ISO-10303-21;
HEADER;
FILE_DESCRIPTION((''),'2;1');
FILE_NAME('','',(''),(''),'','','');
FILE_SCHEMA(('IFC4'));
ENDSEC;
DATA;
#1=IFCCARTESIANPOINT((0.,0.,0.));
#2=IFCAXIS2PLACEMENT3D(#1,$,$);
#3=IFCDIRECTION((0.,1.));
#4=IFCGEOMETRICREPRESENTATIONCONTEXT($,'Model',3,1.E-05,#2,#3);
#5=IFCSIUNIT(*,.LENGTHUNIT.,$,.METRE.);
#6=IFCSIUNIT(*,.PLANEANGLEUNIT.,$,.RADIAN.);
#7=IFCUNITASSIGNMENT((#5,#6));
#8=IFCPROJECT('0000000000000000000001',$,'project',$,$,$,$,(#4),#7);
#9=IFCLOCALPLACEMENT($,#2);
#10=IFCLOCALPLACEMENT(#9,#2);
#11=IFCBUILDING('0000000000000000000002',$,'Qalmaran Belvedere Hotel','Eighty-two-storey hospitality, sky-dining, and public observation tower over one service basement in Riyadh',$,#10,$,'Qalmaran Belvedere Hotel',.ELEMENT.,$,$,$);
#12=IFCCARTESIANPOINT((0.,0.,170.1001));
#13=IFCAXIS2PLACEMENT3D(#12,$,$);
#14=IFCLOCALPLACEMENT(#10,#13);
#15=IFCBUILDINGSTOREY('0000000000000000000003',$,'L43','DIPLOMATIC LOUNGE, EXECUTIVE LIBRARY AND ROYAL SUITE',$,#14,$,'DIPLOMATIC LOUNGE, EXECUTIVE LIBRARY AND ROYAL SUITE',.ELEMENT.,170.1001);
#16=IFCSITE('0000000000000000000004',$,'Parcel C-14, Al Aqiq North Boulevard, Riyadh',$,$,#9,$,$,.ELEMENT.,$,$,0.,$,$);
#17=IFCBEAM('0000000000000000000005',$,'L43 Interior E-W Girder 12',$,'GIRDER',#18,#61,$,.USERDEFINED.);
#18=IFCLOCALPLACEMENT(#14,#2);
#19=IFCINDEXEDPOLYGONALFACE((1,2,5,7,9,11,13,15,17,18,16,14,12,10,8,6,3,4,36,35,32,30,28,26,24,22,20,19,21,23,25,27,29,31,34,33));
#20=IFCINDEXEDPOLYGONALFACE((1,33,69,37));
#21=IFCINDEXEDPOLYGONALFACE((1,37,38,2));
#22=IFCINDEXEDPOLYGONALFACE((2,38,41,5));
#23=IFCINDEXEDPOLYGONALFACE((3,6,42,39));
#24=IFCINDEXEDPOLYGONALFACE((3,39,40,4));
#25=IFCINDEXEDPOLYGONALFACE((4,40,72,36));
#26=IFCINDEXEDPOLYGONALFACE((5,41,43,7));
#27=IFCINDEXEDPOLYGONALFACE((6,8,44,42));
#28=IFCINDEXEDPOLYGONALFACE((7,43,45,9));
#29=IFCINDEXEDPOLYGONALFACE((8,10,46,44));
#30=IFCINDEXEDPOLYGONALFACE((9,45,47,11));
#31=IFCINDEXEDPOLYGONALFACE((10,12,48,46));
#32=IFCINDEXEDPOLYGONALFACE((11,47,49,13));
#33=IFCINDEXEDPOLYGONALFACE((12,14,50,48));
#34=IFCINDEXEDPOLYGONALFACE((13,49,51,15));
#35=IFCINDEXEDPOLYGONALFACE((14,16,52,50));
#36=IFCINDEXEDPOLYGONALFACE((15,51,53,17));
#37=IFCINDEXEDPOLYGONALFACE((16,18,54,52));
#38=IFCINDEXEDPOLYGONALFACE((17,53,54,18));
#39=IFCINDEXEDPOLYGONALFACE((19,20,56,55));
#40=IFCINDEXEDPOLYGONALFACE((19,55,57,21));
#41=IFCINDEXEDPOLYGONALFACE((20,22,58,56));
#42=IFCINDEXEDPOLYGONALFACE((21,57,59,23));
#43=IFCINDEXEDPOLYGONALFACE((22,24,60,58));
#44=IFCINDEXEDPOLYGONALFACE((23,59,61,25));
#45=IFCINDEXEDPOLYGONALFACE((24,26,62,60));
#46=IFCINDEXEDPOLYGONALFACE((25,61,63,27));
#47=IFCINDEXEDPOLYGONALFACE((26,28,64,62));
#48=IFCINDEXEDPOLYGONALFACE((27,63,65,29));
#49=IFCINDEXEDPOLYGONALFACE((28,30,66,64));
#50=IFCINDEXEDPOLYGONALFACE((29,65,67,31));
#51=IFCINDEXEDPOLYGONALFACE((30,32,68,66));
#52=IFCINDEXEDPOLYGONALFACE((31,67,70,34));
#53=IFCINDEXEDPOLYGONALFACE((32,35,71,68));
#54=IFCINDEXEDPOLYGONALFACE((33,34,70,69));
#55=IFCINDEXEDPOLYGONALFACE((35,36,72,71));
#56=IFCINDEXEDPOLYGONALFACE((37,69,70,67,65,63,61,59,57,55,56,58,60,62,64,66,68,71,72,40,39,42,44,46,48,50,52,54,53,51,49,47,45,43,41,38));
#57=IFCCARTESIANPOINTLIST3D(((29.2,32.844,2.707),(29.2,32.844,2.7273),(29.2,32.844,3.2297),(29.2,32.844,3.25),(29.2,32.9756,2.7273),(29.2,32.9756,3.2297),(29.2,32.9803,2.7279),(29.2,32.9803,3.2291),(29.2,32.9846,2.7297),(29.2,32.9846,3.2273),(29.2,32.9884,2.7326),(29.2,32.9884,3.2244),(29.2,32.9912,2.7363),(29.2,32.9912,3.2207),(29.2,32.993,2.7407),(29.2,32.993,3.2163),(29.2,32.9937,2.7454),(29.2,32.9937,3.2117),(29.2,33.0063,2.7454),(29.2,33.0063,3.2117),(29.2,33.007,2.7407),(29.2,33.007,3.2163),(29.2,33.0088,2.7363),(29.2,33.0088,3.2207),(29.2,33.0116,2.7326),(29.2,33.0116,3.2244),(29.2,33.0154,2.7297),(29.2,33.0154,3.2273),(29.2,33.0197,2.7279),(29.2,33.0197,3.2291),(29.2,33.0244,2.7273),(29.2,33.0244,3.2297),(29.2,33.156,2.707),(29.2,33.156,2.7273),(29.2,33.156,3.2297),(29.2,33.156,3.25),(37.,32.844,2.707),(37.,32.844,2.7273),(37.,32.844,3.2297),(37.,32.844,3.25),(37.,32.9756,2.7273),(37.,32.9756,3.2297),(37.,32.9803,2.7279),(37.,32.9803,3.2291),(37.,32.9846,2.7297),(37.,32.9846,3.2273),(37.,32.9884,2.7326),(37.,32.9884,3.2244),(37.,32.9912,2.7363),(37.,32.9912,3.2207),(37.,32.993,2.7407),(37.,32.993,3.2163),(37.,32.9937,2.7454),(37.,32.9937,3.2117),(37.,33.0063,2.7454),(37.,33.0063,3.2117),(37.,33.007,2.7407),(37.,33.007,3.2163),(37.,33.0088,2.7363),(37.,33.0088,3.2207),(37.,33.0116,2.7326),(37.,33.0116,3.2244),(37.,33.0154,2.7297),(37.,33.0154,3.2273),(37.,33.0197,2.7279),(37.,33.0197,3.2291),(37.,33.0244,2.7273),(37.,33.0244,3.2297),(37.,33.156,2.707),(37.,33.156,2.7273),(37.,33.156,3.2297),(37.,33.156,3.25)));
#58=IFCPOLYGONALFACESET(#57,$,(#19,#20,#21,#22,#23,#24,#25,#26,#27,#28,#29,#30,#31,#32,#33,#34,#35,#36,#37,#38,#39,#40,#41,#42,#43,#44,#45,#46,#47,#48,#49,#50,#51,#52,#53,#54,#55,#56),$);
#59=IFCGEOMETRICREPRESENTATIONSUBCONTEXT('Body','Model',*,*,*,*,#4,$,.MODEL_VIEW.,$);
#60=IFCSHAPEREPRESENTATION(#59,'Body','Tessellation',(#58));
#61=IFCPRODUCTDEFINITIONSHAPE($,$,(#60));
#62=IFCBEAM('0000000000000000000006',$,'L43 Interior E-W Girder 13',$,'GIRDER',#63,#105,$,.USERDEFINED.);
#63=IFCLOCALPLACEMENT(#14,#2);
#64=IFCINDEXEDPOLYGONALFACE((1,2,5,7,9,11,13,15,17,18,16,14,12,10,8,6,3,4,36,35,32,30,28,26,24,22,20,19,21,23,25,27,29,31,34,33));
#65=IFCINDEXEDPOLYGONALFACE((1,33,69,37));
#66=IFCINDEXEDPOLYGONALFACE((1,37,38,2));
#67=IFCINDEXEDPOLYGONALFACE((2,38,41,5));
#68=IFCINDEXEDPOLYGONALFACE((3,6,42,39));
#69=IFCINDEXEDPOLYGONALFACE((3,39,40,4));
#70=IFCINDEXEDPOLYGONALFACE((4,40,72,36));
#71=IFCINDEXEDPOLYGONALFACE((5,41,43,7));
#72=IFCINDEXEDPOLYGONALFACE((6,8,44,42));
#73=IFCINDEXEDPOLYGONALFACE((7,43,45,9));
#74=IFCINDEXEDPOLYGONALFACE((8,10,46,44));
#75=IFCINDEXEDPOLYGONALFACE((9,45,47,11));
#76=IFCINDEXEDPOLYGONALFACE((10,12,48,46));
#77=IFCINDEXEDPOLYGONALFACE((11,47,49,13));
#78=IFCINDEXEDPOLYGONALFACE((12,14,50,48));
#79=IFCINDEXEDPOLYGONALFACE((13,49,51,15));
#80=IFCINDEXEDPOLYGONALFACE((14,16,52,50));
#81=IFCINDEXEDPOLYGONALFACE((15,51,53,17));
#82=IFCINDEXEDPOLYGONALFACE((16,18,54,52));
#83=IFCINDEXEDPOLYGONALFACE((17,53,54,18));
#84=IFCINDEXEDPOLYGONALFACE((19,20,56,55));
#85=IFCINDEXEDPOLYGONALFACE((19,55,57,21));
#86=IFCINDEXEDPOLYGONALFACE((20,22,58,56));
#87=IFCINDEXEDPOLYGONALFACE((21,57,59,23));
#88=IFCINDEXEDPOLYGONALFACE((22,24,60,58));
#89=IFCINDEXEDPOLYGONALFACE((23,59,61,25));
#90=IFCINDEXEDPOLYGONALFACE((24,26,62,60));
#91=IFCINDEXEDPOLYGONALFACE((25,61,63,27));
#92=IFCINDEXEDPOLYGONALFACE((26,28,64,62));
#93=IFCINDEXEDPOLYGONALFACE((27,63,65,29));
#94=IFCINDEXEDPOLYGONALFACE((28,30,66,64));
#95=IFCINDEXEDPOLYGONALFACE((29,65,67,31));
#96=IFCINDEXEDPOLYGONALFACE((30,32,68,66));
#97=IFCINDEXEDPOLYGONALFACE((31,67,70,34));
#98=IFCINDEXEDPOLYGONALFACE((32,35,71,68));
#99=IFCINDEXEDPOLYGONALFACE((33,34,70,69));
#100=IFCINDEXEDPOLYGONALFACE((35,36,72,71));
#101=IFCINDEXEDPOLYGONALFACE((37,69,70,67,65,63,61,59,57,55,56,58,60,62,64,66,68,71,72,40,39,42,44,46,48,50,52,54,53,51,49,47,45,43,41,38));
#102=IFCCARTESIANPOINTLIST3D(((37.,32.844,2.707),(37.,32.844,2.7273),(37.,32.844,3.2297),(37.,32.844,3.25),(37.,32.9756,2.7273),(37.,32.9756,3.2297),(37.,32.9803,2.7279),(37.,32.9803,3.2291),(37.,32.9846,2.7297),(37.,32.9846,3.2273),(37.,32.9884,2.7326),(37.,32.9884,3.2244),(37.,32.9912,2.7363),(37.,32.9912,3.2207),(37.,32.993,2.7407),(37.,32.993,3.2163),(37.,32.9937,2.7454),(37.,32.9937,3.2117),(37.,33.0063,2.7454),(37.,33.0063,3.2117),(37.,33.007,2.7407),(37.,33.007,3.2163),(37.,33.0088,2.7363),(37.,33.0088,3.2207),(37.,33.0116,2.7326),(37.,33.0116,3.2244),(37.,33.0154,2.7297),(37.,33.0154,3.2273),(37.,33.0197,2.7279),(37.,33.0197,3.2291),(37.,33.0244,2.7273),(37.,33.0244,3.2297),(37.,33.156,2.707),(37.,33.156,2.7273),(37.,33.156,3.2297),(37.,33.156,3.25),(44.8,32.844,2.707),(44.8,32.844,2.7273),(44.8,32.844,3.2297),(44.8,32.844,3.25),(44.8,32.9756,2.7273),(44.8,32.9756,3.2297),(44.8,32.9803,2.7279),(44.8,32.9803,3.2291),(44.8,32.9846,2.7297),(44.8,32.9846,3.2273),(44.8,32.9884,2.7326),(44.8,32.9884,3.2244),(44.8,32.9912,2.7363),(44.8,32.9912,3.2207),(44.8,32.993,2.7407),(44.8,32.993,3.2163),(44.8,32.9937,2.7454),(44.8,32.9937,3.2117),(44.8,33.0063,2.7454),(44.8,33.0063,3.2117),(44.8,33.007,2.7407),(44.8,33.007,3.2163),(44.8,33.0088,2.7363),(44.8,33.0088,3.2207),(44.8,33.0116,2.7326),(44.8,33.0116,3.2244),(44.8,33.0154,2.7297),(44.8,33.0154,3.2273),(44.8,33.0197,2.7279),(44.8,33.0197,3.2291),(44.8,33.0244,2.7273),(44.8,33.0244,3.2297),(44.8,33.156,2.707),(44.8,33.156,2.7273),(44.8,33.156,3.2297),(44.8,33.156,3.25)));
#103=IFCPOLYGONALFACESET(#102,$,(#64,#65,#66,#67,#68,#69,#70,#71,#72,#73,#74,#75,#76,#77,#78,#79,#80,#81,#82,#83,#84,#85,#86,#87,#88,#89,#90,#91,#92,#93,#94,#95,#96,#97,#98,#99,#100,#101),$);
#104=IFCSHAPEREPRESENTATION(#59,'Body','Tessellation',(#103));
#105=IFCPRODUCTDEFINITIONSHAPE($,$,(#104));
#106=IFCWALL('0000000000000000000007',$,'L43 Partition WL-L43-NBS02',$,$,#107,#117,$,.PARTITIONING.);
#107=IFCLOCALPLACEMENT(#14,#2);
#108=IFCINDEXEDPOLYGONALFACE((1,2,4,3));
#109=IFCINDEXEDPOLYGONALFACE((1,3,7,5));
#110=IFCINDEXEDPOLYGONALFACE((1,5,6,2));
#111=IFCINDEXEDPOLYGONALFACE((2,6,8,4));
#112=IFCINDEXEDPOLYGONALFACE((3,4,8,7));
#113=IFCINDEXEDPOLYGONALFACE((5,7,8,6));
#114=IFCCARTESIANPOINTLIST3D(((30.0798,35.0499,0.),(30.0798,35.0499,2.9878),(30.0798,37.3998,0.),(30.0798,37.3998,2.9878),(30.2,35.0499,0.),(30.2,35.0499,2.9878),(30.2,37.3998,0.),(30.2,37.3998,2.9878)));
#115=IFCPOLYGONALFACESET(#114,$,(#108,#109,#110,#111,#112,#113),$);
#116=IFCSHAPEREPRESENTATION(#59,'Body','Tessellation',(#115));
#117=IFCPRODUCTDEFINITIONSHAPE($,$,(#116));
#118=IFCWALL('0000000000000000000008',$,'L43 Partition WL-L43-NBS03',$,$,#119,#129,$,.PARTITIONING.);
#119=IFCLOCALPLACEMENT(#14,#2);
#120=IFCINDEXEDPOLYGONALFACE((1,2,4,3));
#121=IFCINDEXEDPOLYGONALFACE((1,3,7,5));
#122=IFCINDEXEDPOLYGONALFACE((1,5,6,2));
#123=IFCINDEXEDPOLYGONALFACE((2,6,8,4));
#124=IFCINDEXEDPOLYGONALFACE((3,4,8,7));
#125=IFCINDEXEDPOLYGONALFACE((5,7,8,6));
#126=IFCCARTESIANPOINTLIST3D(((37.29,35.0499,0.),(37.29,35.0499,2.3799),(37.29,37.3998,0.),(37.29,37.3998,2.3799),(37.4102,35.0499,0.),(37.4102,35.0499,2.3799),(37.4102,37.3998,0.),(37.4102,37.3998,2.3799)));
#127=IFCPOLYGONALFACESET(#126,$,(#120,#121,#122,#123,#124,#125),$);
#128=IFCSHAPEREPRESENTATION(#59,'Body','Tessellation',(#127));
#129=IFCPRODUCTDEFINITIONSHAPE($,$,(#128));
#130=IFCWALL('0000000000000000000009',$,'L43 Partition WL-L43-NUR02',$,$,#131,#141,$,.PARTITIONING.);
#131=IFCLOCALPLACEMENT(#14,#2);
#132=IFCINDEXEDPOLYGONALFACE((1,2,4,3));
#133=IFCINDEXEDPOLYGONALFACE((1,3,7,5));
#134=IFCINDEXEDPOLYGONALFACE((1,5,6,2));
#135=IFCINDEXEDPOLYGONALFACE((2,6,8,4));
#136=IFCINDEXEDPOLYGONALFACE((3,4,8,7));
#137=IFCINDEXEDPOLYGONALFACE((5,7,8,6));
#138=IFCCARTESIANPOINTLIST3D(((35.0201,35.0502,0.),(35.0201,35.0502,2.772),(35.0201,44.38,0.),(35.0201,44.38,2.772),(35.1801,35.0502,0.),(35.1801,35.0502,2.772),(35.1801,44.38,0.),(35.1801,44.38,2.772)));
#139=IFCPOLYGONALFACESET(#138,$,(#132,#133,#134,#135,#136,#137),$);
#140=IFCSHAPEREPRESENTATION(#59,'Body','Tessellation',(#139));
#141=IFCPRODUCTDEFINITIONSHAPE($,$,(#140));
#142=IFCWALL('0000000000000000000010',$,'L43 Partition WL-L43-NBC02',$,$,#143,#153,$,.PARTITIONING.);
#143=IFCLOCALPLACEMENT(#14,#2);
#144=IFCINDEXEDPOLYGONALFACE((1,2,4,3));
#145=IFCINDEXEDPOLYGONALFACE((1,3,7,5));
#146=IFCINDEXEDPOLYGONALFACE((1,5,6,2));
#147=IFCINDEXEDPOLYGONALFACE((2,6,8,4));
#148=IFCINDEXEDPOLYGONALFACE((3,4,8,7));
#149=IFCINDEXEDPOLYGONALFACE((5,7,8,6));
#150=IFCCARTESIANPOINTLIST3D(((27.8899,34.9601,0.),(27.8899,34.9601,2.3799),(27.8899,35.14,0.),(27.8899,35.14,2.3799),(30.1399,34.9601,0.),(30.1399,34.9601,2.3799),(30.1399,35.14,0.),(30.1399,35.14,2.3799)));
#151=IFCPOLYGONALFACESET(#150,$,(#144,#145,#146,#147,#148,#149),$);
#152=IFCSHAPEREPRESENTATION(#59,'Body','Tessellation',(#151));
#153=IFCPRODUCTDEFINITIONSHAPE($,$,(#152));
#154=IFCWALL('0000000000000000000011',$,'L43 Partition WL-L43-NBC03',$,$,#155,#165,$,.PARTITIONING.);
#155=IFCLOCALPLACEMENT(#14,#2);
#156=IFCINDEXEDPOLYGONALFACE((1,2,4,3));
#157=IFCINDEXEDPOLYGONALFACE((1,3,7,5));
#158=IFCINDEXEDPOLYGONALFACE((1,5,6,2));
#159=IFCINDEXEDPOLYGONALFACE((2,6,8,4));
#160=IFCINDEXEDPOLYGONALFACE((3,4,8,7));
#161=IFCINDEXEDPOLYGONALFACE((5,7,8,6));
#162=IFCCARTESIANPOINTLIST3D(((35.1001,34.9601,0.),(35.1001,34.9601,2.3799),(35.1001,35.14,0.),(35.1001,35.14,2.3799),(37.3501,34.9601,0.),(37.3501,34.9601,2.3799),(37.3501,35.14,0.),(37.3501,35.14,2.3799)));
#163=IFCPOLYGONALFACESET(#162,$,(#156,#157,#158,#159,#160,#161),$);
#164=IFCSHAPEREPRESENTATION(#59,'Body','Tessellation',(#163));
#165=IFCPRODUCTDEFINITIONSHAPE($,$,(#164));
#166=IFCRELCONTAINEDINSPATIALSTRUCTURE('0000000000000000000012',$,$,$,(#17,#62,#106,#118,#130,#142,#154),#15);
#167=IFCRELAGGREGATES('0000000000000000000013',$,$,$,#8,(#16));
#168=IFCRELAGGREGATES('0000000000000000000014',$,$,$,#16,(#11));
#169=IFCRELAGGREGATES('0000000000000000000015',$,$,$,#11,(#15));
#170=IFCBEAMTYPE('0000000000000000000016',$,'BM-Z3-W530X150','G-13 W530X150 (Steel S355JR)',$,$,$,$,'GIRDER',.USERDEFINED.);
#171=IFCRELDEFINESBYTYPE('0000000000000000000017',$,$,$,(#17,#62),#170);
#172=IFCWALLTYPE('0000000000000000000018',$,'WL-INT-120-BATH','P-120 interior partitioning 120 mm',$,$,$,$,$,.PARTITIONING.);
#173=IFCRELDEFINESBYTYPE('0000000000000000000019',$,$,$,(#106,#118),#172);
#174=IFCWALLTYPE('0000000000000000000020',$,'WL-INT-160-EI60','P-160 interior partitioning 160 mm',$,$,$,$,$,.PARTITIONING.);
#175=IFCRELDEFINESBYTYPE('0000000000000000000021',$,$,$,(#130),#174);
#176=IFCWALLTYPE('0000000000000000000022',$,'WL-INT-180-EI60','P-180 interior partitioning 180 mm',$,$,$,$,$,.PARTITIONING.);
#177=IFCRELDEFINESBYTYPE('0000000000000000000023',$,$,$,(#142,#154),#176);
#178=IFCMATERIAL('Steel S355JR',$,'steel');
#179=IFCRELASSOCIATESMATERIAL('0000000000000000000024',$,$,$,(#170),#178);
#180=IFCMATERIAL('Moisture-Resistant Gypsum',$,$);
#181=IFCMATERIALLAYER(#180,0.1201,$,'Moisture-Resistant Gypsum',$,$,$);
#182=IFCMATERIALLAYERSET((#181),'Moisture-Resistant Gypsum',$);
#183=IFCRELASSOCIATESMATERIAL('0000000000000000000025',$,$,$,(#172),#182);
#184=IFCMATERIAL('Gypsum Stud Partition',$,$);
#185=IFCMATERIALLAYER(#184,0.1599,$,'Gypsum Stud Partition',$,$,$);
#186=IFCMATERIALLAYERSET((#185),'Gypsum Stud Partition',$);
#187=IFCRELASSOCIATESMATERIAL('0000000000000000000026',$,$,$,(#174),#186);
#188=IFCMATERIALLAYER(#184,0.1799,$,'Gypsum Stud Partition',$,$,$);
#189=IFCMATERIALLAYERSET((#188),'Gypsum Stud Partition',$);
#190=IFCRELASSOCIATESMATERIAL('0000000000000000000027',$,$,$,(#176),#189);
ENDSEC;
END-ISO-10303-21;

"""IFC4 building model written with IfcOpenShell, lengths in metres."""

from ifc_helpers import new_model, si_unit, direction, frame, frame_2d, origin, origin_2d, place, context, subcontext, project, spatial, rectangle, i_section, extrude, material, layer, layer_set, material_profile, profile_set, type_object, element, save


model = new_model("IFC4")

# Units and contexts
model_context = context("Model", 3, precision=1e-05, world=origin(), true_north=direction((0.0, 1.0)))
body_context = subcontext(model_context, "Body", "Model", "MODEL_VIEW")
ifc_project = project(units=[si_unit("LENGTHUNIT", "METRE"), si_unit("PLANEANGLEUNIT", "RADIAN")], contexts=[model_context])

# Site, building, storey
site_placement = place(None, origin())
site = spatial("IfcSite", under=ifc_project, at=site_placement, Name="Parcel C-14, Al Aqiq North Boulevard, Riyadh", CompositionType="ELEMENT", RefElevation=0.0)
building_placement = place(site_placement, origin())
building = spatial("IfcBuilding", under=site, at=building_placement, Name="Qalmaran Belvedere Hotel", Description="Eighty-two-storey hospitality, sky-dining, and public observation tower over one service basement in Riyadh", LongName="Qalmaran Belvedere Hotel", CompositionType="ELEMENT")
storey_placement = place(building_placement, frame((0.0, 0.0, 170.1001)))
storey = spatial("IfcBuildingStorey", under=building, at=storey_placement, Name="L43", Description="DIPLOMATIC LOUNGE, EXECUTIVE LIBRARY AND ROYAL SUITE", LongName="DIPLOMATIC LOUNGE, EXECUTIVE LIBRARY AND ROYAL SUITE", CompositionType="ELEMENT", Elevation=170.1001)

# Beams
ifc_material_1 = material(Name="Steel S355JR", Category="steel")
ifc_material_profile_1 = material_profile(ifc_material_1, i_section(OverallWidth=0.312, OverallDepth=0.543, WebThickness=0.0127, FlangeThickness=0.0203, FilletRadius=0.0181, at=origin_2d()), Name="W530X150")
ifc_profile_set_1 = profile_set([ifc_material_profile_1], Name="Steel S355JR")
beam_type_1 = type_object("IfcBeamType", Name="BM-Z3-W530X150", Description="G-13 W530X150 (Steel S355JR)", ElementType="GIRDER", PredefinedType="USERDEFINED", material=ifc_profile_set_1)
for number, where, z_axis, x_axis, name in (
    (1, (29.2, 33.0, 2.9785), (1.0, 0.0, 0.0), (0.0, 1.0, 0.0), "L43 Interior E-W Girder 12"),
    (2, (37.0, 33.0, 2.9785), (1.0, 0.0, 0.0), (0.0, 1.0, 0.0), "L43 Interior E-W Girder 13"),
):
    element("IfcBeam", number, at=place(storey_placement, frame(where, z_axis=z_axis, x_axis=x_axis)), inside=storey, type_object=beam_type_1, Name=name, ObjectType="GIRDER", PredefinedType="USERDEFINED", context=body_context, shape_type="SweptSolid", body=[
        extrude(i_section(OverallWidth=0.312, OverallDepth=0.543, WebThickness=0.0127, FlangeThickness=0.0203, FilletRadius=0.0181, at=origin_2d()), origin(), (0.0, 0.0, 1.0), 7.8),
    ])

# Walls
ifc_material_2 = material(Name="Moisture-Resistant Gypsum")
ifc_layer_1 = layer(ifc_material_2, 0.1201, Name="Moisture-Resistant Gypsum")
ifc_layer_set_1 = layer_set([ifc_layer_1], Name="Moisture-Resistant Gypsum")
wall_type_1 = type_object("IfcWallType", Name="WL-INT-120-BATH", Description="P-120 interior partitioning 120 mm", PredefinedType="PARTITIONING", material=ifc_layer_set_1)
wall_1_placement = place(storey_placement, frame((30.1399, 35.05, 0.0), z_axis=(0.0, 0.0, 1.0), x_axis=(0.0, 1.0, 0.0)))
element("IfcWall", 3, at=wall_1_placement, inside=storey, type_object=wall_type_1, Name="L43 Partition WL-L43-NBS02", PredefinedType="PARTITIONING", context=body_context, shape_type="SweptSolid", body=[
    extrude(rectangle(XDim=2.3499, YDim=0.1201, at=frame_2d((1.1748, 0.0))), origin(), (0.0, 0.0, 1.0), 2.9878),
])
wall_2_placement = place(storey_placement, frame((37.3501, 35.05, 0.0), z_axis=(0.0, 0.0, 1.0), x_axis=(0.0, 1.0, 0.0)))
element("IfcWall", 4, at=wall_2_placement, inside=storey, type_object=wall_type_1, Name="L43 Partition WL-L43-NBS03", PredefinedType="PARTITIONING", context=body_context, shape_type="SweptSolid", body=[
    extrude(rectangle(XDim=2.3499, YDim=0.1201, at=frame_2d((1.1748, 0.0))), origin(), (0.0, 0.0, 1.0), 2.3799),
])
ifc_material_3 = material(Name="Gypsum Stud Partition")
ifc_layer_2 = layer(ifc_material_3, 0.1599, Name="Gypsum Stud Partition")
ifc_layer_set_2 = layer_set([ifc_layer_2], Name="Gypsum Stud Partition")
wall_type_2 = type_object("IfcWallType", Name="WL-INT-160-EI60", Description="P-160 interior partitioning 160 mm", PredefinedType="PARTITIONING", material=ifc_layer_set_2)
wall_3_placement = place(storey_placement, frame((35.1001, 35.05, 0.0), z_axis=(0.0, 0.0, 1.0), x_axis=(0.0, 1.0, 0.0)))
element("IfcWall", 5, at=wall_3_placement, inside=storey, type_object=wall_type_2, Name="L43 Partition WL-L43-NUR02", PredefinedType="PARTITIONING", context=body_context, shape_type="SweptSolid", body=[
    extrude(rectangle(XDim=9.3298, YDim=0.1599, at=frame_2d((4.665, 0.0))), origin(), (0.0, 0.0, 1.0), 2.772),
])
ifc_layer_3 = layer(ifc_material_3, 0.1799, Name="Gypsum Stud Partition")
ifc_layer_set_3 = layer_set([ifc_layer_3], Name="Gypsum Stud Partition")
wall_type_3 = type_object("IfcWallType", Name="WL-INT-180-EI60", Description="P-180 interior partitioning 180 mm", PredefinedType="PARTITIONING", material=ifc_layer_set_3)
wall_4_placement = place(storey_placement, frame((27.8899, 35.05, 0.0), z_axis=(0.0, 0.0, 1.0), x_axis=(1.0, 0.0, 0.0)))
element("IfcWall", 6, at=wall_4_placement, inside=storey, type_object=wall_type_3, Name="L43 Partition WL-L43-NBC02", PredefinedType="PARTITIONING", context=body_context, shape_type="SweptSolid", body=[
    extrude(rectangle(XDim=2.25, YDim=0.1799, at=frame_2d((1.125, 0.0))), origin(), (0.0, 0.0, 1.0), 2.3799),
])

# Wall
wall_5_placement = place(storey_placement, frame((35.1001, 35.05, 0.0), z_axis=(0.0, 0.0, 1.0), x_axis=(1.0, 0.0, 0.0)))
element("IfcWall", 7, at=wall_5_placement, inside=storey, type_object=wall_type_3, Name="L43 Partition WL-L43-NBC03", PredefinedType="PARTITIONING", context=body_context, shape_type="SweptSolid", body=[
    extrude(rectangle(XDim=2.25, YDim=0.1799, at=frame_2d((1.125, 0.0))), origin(), (0.0, 0.0, 1.0), 2.3799),
])

save(model, "model.ifc")
